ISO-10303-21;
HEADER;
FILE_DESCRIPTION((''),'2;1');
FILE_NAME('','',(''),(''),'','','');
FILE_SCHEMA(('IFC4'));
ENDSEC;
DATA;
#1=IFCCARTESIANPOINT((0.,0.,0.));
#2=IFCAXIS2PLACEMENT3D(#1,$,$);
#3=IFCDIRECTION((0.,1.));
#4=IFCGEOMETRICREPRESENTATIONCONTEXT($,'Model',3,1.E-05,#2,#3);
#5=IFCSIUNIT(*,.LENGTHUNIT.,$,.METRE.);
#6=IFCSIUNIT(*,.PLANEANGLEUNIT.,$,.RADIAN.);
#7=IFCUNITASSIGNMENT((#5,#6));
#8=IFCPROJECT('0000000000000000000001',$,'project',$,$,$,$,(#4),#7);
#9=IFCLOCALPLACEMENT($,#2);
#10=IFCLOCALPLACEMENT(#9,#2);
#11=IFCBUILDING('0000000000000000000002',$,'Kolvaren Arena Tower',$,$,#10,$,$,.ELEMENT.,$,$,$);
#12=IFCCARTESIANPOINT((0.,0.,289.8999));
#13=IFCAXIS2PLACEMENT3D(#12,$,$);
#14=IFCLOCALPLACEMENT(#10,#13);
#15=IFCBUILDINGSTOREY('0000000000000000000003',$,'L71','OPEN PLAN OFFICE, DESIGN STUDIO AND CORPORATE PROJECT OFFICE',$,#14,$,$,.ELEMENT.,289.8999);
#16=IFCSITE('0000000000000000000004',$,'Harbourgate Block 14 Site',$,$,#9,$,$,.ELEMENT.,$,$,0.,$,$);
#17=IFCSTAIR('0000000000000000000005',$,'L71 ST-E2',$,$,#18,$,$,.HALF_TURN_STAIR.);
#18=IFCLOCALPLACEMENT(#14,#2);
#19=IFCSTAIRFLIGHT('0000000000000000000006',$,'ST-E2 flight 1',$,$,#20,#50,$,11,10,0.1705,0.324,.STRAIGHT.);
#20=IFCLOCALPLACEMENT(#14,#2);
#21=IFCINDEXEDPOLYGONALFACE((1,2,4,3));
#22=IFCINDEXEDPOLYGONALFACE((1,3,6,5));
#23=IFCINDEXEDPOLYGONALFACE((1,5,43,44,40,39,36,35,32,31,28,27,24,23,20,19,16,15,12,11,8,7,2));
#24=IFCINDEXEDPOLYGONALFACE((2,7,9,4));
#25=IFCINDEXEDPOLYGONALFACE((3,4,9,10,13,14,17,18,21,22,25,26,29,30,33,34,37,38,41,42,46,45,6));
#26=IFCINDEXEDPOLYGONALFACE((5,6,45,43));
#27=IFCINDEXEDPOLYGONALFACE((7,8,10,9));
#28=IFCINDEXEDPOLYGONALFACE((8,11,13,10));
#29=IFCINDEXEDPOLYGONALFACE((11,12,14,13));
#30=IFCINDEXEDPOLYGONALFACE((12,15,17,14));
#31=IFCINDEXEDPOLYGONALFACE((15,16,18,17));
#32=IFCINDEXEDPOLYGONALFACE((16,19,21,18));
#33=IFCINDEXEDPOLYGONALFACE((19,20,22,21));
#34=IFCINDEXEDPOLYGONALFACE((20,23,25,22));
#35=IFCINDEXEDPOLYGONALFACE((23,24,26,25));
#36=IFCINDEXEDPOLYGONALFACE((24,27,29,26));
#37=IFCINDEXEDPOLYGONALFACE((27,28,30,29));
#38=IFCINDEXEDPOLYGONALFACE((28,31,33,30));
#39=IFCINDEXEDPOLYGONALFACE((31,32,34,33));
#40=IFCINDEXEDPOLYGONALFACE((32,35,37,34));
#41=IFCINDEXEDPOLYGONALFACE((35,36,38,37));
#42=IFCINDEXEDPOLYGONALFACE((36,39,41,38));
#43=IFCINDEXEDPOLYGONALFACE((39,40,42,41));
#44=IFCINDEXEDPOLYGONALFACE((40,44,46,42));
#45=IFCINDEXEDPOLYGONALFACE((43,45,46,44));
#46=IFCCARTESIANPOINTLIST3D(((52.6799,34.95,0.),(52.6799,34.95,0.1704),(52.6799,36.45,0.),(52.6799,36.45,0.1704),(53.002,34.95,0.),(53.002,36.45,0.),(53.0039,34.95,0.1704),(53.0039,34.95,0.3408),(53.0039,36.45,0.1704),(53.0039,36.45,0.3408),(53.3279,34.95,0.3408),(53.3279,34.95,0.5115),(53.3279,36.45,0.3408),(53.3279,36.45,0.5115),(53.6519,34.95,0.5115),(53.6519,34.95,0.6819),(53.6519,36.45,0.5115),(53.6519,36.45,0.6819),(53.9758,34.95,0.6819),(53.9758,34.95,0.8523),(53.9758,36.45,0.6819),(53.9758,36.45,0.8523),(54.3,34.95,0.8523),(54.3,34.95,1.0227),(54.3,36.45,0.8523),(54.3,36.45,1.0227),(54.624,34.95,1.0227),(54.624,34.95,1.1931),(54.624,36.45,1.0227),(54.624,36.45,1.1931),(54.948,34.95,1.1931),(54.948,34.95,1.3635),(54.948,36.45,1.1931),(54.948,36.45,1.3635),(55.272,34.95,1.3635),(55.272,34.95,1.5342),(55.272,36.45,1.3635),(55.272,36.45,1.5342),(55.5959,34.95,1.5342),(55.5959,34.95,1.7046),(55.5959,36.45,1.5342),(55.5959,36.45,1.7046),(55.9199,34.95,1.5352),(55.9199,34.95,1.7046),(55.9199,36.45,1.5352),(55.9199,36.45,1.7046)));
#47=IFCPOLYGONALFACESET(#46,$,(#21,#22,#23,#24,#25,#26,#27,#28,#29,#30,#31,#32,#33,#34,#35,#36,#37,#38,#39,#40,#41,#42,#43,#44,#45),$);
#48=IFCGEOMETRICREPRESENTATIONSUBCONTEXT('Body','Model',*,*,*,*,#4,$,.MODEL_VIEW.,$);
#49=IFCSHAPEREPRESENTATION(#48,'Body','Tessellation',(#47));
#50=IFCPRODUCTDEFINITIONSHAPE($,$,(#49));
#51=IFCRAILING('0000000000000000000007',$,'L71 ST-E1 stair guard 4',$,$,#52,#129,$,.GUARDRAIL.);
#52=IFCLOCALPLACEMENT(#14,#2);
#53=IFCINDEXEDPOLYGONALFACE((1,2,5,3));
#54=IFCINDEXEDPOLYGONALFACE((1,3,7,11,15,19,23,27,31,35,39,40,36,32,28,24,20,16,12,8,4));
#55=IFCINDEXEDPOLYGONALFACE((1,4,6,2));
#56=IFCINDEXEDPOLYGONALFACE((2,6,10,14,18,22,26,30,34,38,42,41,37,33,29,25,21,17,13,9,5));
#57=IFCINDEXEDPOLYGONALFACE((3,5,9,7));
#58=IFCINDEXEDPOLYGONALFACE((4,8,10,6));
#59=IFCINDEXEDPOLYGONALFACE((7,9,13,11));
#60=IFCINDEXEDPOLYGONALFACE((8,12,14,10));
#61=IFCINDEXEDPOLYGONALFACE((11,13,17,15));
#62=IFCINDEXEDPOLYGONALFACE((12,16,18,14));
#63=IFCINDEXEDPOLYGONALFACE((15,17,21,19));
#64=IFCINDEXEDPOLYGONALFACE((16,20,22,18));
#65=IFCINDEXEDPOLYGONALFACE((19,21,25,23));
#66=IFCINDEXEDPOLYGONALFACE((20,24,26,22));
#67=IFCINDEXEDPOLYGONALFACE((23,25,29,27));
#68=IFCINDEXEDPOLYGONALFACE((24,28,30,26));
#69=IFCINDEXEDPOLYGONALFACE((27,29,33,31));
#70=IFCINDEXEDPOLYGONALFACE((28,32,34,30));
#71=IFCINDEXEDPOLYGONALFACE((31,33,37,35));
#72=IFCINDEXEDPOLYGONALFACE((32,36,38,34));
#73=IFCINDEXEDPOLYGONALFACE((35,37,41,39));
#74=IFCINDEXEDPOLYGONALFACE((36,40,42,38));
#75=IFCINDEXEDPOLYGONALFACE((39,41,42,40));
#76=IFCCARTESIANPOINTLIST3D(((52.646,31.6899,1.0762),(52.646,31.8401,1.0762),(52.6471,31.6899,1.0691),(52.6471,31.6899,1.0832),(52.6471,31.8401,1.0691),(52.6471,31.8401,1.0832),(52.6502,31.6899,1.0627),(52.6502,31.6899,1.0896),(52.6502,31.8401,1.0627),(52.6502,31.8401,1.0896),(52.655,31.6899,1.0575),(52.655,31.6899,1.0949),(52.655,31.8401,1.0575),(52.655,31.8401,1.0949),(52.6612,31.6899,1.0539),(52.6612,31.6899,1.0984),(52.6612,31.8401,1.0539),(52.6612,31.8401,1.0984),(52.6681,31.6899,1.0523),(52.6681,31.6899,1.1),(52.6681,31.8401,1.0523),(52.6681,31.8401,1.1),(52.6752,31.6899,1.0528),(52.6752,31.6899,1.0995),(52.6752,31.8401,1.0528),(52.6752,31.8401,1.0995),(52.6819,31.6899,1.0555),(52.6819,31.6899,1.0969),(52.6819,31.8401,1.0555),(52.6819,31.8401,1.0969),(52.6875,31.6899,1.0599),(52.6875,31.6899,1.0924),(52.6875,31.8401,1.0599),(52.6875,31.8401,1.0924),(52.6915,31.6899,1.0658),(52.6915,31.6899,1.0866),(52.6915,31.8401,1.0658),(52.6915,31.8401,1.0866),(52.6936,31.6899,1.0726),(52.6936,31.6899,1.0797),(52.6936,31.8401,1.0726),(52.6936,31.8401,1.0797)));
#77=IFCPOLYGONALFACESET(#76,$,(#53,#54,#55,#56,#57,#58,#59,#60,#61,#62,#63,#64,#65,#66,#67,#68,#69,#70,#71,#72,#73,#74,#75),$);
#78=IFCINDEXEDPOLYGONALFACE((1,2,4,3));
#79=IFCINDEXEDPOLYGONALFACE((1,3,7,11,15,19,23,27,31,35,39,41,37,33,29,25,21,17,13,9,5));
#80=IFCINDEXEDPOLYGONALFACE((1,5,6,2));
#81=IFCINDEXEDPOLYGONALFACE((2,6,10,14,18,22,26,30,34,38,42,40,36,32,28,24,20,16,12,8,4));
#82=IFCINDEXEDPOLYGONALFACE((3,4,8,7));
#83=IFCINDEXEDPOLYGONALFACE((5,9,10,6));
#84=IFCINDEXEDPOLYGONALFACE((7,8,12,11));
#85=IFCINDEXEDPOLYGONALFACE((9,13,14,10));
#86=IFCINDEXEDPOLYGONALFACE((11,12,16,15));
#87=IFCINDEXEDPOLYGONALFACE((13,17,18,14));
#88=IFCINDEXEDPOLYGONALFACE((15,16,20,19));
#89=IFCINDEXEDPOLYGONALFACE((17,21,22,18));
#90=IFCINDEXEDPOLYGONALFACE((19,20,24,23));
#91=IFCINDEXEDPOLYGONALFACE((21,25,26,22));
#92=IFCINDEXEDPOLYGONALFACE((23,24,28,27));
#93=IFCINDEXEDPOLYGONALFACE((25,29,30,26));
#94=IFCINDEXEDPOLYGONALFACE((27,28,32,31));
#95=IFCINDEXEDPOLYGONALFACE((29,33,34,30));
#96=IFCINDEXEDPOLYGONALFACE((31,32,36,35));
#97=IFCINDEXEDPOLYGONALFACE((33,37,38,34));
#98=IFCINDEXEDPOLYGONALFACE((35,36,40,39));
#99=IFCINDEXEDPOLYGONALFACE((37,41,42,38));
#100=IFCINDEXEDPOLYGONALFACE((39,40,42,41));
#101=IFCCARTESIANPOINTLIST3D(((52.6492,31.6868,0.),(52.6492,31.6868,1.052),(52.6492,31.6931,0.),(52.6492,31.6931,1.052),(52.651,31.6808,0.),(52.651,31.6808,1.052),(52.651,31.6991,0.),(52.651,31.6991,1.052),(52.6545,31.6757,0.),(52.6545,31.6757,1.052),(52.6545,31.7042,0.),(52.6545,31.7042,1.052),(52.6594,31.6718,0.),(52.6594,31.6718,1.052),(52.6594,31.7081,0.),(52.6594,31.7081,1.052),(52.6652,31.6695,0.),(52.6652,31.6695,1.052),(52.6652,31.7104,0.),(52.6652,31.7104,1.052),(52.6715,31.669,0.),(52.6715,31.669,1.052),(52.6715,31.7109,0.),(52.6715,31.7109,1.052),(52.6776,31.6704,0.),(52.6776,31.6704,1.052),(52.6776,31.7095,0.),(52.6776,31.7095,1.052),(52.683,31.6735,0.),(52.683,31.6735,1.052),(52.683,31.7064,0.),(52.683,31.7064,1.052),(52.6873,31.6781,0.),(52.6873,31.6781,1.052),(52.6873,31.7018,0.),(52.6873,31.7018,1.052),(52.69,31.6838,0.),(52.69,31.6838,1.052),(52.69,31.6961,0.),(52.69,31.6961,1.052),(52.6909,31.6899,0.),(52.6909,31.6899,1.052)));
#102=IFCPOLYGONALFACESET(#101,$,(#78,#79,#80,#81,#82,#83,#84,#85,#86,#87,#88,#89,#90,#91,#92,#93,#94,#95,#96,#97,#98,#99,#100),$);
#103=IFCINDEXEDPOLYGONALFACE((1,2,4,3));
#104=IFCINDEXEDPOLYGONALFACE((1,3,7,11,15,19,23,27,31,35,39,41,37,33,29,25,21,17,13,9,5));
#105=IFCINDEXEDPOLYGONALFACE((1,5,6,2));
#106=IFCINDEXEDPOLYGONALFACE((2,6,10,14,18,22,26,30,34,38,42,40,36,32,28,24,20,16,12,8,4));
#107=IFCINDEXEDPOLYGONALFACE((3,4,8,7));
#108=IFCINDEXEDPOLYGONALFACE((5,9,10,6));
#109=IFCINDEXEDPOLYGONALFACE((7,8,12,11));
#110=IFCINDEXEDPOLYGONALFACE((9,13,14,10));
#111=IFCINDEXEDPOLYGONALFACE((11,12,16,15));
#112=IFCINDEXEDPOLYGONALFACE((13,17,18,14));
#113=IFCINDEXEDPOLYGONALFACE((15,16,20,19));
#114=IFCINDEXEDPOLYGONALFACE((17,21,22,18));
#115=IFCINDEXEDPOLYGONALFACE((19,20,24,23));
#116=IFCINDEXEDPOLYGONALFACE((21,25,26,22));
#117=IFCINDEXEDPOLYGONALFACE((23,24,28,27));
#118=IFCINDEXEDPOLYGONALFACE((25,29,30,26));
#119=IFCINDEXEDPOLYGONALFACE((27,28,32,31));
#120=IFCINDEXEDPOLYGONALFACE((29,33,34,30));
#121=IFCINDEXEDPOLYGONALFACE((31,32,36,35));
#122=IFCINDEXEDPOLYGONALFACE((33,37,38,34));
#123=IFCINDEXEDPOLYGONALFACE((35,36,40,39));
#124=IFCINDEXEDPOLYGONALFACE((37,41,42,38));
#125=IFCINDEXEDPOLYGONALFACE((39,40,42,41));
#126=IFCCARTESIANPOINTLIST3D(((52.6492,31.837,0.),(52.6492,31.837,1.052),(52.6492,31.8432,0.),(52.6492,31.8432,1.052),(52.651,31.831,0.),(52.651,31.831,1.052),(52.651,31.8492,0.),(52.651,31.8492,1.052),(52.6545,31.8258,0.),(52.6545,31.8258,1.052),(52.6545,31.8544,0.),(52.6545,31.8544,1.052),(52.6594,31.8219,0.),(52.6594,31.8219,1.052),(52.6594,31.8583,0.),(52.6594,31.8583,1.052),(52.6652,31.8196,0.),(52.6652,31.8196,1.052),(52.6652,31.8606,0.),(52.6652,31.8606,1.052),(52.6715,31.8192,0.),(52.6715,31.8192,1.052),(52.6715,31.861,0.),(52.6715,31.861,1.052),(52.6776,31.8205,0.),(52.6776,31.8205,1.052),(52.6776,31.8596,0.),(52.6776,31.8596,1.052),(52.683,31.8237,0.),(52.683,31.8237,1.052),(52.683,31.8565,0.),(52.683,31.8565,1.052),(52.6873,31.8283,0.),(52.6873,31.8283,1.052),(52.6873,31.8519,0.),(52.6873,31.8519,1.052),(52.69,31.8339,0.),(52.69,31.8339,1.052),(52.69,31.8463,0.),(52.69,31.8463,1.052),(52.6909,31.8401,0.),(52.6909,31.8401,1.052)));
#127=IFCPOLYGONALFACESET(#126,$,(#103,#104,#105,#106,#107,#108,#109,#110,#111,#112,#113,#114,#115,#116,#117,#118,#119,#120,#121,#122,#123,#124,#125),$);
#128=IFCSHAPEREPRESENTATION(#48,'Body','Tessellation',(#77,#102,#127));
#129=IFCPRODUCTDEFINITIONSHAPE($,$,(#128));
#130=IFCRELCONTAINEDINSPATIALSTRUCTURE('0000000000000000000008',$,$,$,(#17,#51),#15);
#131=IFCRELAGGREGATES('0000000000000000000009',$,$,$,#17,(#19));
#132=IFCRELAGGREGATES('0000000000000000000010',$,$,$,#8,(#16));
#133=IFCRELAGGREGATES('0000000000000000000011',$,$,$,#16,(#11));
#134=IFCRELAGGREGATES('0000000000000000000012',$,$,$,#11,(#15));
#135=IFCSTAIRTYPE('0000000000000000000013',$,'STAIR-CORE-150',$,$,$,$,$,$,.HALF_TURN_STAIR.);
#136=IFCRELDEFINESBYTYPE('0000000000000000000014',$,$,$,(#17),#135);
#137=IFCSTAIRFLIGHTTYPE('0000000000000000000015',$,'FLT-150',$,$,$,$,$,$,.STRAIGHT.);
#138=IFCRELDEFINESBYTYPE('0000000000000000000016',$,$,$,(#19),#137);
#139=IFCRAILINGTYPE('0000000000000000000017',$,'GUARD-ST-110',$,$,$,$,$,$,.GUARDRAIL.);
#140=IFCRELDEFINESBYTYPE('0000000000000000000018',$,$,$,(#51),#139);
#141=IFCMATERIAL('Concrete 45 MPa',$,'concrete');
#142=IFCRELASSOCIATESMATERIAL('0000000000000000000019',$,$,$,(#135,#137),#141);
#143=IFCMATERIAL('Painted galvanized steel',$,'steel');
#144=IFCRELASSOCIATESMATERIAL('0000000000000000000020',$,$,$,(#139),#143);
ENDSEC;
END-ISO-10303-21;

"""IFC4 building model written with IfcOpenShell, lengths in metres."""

from ifc_helpers import new_model, si_unit, direction, frame, origin, origin_2d, place, context, subcontext, project, spatial, polyline, circle, outline, extrude, material, type_object, element, aggregate, save


model = new_model("IFC4")

# Units and contexts
model_context = context("Model", 3, precision=1e-05, world=origin(), true_north=direction((0.0, 1.0)))
body_context = subcontext(model_context, "Body", "Model", "MODEL_VIEW")
ifc_project = project(units=[si_unit("LENGTHUNIT", "METRE"), si_unit("PLANEANGLEUNIT", "RADIAN")], contexts=[model_context])

# Site, building, storey
site_placement = place(None, origin())
site = spatial("IfcSite", under=ifc_project, at=site_placement, Name="Harbourgate Block 14 Site", CompositionType="ELEMENT", RefElevation=0.0)
building_placement = place(site_placement, origin())
building = spatial("IfcBuilding", under=site, at=building_placement, Name="Kolvaren Arena Tower", CompositionType="ELEMENT")
storey_placement = place(building_placement, frame((0.0, 0.0, 289.8999)))
storey = spatial("IfcBuildingStorey", under=building, at=storey_placement, Name="L71", Description="OPEN PLAN OFFICE, DESIGN STUDIO AND CORPORATE PROJECT OFFICE", CompositionType="ELEMENT", Elevation=289.8999)

# Shared definitions
ifc_material_1 = material(Name="Concrete 45 MPa", Category="concrete")

# Stair, stair flight
stair_type = type_object("IfcStairType", Name="STAIR-CORE-150", PredefinedType="HALF_TURN_STAIR", material=ifc_material_1)
stair_placement = place(storey_placement, origin())
stair = element("IfcStair", 1, at=stair_placement, inside=storey, type_object=stair_type, Name="L71 ST-E2", PredefinedType="HALF_TURN_STAIR")
stair_flight_type = type_object("IfcStairFlightType", Name="FLT-150", PredefinedType="STRAIGHT", material=ifc_material_1)
stair_flight_placement = place(storey_placement, frame((52.6799, 35.7, 0.0), z_axis=(0.0, 0.0, 1.0), x_axis=(1.0, 0.0, 0.0)))
stair_flight = element("IfcStairFlight", 2, at=stair_flight_placement, type_object=stair_flight_type, Name="ST-E2 flight 1", NumberOfRisers=11, NumberOfTreads=10, PredefinedType="STRAIGHT", RiserHeight=0.1705, TreadLength=0.324, context=body_context, shape_type="SweptSolid", body=[
    extrude(outline(polyline([(0.0, 0.0), (0.0, 0.1704), (0.324, 0.1704), (0.324, 0.3408), (0.6479, 0.3408), (0.6479, 0.5115), (0.9719, 0.5115), (0.9719, 0.6819), (1.2959, 0.6819), (1.2959, 0.8523), (1.6201, 0.8523), (1.6201, 1.0227), (1.9441, 1.0227), (1.9441, 1.1931), (2.2681, 1.1931), (2.2681, 1.3635), (2.592, 1.3635), (2.592, 1.5342), (2.916, 1.5342), (2.916, 1.7046), (3.24, 1.7046), (3.24, 1.875), (3.24, 1.5352), (0.322, 0.0), (0.0, 0.0)])), frame((0.0, 0.75, 0.0), z_axis=(0.0, -1.0, 0.0), x_axis=(1.0, 0.0, 0.0)), (0.0, 0.0, 1.0), 1.5),
])
aggregate(stair, [stair_flight])

# Railing
ifc_material_2 = material(Name="Painted galvanized steel", Category="steel")
railing_type_1 = type_object("IfcRailingType", Name="GUARD-ST-110", PredefinedType="GUARDRAIL", material=ifc_material_2)
railing_1_placement = place(storey_placement, frame((52.6699, 31.6899, 0.0)))
element("IfcRailing", 3, at=railing_1_placement, inside=storey, type_object=railing_type_1, Name="L71 ST-E1 stair guard 4", PredefinedType="GUARDRAIL", context=body_context, shape_type="SweptSolid", body=[
    extrude(circle(Radius=0.0239, at=origin_2d()), frame((0.0, 0.0, 1.0762), z_axis=(0.0, 1.0, 0.0), x_axis=(-1.0, 0.0, 0.0)), (0.0, 0.0, 1.0), 0.1501),
    extrude(circle(Radius=0.021, at=origin_2d()), origin(), (0.0, 0.0, 1.0), 1.052),
    extrude(circle(Radius=0.021, at=origin_2d()), frame((0.0, 0.1501, 0.0)), (0.0, 0.0, 1.0), 1.052),
])

save(model, "model.ifc")
